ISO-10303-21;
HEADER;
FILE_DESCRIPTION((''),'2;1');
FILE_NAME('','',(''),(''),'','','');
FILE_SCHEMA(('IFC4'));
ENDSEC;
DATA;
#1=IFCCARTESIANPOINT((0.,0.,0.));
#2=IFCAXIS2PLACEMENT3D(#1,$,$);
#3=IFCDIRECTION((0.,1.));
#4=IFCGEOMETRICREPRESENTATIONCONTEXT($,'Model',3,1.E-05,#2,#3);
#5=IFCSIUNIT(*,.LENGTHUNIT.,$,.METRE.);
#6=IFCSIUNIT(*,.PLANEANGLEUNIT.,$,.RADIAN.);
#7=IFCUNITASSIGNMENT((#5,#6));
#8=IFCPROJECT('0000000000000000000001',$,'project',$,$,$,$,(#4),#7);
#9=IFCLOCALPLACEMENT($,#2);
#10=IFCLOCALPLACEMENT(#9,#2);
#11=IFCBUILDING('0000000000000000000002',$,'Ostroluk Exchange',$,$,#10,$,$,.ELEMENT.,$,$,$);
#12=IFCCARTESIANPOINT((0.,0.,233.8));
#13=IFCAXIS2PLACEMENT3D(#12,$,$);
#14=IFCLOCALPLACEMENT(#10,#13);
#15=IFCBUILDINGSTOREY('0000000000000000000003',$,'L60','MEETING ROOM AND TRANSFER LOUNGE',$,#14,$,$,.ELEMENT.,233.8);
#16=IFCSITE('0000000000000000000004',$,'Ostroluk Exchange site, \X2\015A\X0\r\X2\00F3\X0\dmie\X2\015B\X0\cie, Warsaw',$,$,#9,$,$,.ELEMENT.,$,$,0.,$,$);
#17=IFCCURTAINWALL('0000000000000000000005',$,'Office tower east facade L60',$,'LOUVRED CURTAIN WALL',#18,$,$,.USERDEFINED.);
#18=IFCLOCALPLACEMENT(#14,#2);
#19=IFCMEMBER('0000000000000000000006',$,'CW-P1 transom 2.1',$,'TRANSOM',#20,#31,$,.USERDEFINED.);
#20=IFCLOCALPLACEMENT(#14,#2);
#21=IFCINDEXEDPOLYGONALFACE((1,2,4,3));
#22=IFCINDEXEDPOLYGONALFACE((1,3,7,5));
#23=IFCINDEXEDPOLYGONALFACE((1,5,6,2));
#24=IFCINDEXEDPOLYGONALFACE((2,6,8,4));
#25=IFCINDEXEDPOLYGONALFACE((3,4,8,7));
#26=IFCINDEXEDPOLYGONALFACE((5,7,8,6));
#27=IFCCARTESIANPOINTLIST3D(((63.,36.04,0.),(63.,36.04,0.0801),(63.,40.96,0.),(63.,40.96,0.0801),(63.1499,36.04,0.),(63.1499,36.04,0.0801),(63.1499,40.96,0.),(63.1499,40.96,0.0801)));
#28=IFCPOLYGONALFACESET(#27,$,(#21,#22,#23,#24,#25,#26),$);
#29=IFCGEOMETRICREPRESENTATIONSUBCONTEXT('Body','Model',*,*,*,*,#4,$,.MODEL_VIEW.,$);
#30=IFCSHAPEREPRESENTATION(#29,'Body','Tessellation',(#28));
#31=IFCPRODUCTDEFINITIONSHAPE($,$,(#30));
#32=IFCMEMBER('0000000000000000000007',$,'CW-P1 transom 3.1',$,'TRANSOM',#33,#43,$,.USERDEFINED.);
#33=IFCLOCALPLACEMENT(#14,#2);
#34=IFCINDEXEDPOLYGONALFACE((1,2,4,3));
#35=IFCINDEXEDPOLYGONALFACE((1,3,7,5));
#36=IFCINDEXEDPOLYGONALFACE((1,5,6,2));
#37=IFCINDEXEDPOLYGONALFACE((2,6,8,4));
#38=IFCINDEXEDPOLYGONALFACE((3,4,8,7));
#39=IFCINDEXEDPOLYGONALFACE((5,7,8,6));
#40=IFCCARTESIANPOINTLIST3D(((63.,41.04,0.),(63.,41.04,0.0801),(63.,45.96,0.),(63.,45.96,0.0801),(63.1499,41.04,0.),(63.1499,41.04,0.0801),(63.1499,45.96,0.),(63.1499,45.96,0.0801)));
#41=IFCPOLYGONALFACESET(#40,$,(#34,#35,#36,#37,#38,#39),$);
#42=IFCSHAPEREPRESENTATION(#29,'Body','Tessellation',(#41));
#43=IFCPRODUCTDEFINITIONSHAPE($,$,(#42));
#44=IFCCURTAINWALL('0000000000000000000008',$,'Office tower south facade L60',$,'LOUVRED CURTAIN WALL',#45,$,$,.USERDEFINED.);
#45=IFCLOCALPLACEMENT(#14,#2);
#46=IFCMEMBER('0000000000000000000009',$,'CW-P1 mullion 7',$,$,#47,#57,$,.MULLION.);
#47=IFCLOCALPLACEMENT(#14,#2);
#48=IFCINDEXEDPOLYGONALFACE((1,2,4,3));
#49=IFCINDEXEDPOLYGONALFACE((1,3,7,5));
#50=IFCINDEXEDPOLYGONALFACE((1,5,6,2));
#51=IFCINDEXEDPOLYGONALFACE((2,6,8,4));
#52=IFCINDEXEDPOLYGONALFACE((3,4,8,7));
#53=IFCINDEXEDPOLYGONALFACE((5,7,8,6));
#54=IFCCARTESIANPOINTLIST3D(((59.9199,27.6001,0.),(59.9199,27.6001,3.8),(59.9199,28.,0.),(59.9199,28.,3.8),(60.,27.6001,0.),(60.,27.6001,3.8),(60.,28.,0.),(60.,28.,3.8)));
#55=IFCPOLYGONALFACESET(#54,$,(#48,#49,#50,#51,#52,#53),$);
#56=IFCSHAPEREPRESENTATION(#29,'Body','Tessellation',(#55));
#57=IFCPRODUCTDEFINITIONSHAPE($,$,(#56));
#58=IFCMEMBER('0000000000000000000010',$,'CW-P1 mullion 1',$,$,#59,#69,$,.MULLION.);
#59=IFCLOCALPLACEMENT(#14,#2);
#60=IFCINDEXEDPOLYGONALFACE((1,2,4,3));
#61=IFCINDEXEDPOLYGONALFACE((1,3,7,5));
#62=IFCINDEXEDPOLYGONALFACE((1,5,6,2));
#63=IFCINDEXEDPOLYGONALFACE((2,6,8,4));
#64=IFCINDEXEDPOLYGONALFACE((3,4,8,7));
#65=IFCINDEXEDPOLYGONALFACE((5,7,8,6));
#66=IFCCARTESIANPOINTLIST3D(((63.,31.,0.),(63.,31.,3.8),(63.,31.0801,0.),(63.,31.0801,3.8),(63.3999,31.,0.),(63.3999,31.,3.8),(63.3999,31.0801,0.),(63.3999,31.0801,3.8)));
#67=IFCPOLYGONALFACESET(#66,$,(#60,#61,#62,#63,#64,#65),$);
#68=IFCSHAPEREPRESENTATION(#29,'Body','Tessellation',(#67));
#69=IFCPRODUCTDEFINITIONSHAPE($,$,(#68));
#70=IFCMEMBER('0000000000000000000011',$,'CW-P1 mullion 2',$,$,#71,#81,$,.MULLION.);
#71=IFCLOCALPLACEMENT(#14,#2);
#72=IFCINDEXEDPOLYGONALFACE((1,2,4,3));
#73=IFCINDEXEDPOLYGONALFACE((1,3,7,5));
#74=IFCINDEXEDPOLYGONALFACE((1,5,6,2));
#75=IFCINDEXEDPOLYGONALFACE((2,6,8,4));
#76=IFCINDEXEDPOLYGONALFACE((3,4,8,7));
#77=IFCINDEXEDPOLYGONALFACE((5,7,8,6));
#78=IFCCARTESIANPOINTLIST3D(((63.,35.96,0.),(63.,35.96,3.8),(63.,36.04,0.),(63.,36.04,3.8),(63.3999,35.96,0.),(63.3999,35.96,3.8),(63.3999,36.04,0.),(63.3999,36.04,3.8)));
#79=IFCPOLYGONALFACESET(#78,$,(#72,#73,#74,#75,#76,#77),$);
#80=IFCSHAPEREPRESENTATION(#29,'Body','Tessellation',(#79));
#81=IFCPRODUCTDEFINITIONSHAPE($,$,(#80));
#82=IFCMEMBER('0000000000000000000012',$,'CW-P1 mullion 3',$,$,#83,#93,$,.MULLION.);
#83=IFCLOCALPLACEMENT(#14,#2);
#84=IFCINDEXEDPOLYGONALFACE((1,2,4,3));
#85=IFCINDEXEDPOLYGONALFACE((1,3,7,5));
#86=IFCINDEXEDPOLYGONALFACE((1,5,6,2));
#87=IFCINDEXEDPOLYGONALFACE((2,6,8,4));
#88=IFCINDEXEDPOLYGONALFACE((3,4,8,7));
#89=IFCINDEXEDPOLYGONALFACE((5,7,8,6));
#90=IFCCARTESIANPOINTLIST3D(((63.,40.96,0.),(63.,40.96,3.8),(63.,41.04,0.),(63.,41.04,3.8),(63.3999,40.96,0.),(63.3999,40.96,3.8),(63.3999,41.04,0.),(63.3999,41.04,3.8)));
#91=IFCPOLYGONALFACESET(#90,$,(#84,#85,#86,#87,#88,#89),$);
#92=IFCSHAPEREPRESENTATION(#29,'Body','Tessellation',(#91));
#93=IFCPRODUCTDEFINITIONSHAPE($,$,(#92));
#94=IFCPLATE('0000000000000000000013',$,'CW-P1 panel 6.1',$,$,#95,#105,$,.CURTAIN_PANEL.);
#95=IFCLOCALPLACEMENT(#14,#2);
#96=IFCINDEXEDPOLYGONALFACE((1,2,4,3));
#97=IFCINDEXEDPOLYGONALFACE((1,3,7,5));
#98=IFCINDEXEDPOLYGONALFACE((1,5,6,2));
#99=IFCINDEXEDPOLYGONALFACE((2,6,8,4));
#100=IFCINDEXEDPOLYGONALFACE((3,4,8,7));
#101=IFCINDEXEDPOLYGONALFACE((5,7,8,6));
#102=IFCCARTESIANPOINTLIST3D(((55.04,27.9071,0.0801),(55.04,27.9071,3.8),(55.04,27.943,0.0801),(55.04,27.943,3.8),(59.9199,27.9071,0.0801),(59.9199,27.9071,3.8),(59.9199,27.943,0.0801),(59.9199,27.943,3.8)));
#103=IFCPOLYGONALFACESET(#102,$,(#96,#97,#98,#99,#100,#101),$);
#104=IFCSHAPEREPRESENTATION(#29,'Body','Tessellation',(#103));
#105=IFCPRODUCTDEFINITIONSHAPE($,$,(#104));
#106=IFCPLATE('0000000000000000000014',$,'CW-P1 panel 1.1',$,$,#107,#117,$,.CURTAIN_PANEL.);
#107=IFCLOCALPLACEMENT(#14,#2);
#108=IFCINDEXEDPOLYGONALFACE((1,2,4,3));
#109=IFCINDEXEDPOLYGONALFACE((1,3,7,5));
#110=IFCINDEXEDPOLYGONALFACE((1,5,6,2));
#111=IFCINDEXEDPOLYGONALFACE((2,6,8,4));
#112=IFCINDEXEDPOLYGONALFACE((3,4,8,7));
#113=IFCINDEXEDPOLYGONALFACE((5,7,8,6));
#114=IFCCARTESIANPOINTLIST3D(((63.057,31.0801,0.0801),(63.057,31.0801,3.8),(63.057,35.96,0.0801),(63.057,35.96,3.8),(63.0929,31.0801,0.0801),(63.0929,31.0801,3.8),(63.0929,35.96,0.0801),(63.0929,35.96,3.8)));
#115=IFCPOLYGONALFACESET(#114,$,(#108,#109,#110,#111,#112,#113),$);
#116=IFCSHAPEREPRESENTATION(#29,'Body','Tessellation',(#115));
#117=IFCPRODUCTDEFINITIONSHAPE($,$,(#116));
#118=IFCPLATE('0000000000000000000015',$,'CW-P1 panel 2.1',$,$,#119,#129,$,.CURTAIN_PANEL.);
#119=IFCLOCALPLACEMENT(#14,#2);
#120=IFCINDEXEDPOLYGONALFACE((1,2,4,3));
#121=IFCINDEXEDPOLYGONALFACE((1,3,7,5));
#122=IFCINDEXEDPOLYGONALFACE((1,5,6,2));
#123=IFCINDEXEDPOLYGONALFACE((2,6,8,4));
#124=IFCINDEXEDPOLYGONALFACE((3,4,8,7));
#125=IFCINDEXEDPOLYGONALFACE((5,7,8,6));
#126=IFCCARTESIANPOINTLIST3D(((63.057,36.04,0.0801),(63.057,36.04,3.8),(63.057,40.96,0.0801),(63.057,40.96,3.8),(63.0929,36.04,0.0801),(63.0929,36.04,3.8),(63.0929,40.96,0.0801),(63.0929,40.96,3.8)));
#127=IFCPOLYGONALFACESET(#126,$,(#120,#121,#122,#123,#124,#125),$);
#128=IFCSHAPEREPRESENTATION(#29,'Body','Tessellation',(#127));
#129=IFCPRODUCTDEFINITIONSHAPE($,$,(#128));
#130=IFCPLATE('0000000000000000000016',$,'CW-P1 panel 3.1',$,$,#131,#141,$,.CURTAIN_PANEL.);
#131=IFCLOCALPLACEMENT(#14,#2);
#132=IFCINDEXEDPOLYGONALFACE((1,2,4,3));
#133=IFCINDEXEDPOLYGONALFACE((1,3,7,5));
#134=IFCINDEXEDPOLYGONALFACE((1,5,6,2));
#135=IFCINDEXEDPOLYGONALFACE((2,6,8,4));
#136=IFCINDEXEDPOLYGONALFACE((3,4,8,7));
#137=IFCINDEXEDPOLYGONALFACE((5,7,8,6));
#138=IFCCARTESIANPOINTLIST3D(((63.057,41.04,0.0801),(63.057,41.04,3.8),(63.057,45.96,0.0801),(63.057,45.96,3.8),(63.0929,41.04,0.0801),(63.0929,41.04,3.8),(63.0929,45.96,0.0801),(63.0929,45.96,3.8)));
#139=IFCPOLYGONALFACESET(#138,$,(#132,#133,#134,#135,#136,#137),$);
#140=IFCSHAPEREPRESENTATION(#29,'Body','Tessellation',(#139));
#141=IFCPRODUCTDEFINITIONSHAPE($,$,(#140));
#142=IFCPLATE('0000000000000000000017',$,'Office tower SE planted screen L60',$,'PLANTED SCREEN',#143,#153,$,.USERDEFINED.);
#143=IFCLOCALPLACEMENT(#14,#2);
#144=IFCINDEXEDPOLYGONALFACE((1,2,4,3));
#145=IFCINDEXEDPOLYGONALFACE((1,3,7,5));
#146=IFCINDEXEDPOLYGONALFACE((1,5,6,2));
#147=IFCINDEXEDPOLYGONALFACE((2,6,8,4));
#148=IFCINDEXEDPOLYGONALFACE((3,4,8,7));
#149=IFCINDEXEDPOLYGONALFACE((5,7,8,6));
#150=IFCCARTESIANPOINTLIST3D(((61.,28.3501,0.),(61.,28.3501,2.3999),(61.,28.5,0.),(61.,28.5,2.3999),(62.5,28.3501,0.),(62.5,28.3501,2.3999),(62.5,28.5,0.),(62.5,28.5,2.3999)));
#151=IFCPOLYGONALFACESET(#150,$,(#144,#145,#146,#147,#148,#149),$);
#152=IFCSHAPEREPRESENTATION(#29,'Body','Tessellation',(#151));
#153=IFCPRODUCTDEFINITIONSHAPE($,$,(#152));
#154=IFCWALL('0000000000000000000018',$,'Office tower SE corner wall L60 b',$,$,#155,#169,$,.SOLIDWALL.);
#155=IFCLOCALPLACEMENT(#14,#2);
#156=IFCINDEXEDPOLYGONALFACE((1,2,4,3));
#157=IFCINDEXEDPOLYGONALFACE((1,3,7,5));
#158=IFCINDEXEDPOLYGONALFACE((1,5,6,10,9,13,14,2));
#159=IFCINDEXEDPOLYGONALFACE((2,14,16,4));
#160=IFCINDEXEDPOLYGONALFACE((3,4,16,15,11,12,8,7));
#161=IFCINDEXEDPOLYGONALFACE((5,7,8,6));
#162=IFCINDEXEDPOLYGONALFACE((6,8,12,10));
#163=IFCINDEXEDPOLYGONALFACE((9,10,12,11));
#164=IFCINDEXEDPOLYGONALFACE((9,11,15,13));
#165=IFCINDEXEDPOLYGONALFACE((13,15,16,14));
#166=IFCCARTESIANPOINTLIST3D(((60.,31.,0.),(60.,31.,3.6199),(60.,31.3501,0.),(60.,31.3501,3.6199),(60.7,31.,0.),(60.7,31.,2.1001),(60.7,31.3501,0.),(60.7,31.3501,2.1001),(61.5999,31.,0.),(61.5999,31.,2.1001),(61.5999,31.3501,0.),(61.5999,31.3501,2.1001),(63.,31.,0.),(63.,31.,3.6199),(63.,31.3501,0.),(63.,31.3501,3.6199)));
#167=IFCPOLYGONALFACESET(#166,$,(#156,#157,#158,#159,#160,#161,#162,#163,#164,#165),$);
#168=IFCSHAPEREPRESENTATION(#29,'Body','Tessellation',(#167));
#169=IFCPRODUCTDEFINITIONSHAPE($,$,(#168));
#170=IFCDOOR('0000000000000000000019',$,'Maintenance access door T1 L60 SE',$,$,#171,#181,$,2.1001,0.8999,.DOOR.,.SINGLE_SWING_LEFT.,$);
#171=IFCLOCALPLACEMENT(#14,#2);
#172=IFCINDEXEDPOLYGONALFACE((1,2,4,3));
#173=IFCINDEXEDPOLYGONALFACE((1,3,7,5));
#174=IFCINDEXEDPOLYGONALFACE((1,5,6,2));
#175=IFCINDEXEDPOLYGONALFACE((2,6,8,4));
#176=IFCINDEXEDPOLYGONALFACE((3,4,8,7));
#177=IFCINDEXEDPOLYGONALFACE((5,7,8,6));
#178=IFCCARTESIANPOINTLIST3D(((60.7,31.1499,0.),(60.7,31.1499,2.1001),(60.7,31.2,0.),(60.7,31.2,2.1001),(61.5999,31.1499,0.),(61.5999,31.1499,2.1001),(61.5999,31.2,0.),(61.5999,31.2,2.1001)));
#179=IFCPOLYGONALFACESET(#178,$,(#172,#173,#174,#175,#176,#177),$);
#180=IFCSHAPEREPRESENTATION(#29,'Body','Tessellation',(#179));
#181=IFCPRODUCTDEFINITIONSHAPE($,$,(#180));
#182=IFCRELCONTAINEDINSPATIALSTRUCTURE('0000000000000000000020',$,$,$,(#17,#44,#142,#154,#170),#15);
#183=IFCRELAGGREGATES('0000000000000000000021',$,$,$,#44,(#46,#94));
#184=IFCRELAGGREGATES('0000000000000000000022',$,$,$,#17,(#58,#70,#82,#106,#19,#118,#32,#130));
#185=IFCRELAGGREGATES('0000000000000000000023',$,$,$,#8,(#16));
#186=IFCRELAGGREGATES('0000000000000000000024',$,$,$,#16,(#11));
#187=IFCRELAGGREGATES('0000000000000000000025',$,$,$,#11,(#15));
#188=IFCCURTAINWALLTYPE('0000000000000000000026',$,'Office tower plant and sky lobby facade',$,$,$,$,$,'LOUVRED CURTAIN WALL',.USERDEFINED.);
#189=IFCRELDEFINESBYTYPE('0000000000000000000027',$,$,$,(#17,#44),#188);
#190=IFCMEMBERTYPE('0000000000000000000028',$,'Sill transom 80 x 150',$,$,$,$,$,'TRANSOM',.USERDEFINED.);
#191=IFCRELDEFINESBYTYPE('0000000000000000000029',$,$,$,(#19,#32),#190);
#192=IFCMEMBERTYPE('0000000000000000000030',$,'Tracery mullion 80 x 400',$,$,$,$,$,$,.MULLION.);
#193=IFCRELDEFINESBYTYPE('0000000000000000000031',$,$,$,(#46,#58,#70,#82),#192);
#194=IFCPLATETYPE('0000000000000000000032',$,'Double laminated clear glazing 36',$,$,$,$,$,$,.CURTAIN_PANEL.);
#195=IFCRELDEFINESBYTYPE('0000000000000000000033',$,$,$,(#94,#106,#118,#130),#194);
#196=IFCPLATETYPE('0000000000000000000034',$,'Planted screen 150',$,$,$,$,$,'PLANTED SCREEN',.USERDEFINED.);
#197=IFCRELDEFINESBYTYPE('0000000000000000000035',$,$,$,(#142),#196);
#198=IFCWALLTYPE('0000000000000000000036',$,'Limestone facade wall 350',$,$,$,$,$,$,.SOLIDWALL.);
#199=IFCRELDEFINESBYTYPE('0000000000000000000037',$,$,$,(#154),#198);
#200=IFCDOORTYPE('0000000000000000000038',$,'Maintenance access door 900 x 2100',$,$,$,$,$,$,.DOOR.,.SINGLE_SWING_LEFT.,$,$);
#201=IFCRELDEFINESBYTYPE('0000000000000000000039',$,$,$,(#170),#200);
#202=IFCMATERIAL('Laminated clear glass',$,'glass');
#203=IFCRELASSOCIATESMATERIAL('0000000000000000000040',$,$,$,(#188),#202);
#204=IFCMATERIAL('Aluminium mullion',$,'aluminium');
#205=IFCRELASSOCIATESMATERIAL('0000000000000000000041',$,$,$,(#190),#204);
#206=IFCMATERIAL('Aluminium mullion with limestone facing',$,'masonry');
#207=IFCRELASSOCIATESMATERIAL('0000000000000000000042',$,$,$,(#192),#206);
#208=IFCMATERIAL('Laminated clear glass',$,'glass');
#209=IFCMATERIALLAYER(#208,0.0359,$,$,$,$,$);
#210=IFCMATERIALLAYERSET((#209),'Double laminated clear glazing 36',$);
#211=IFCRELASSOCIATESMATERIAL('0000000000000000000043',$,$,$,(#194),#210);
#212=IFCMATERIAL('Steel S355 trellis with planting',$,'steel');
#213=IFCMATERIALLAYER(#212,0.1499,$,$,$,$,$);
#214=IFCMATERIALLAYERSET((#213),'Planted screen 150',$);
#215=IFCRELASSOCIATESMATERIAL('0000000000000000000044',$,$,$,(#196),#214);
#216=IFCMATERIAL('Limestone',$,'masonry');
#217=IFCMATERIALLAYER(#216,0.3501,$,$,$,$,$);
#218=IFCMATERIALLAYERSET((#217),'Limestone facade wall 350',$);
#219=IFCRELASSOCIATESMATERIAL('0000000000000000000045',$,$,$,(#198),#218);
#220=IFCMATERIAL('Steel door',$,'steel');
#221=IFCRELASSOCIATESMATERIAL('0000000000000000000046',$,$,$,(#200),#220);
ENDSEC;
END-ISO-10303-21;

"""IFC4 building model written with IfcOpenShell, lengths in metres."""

from ifc_helpers import new_model, si_unit, direction, frame, frame_2d, origin, origin_2d, place, context, subcontext, project, spatial, rectangle, extrude, material, layer, layer_set, material_profile, profile_set, type_object, element, fill, aggregate, save


model = new_model("IFC4")

# Units and contexts
model_context = context("Model", 3, precision=1e-05, world=origin(), true_north=direction((0.0, 1.0)))
body_context = subcontext(model_context, "Body", "Model", "MODEL_VIEW")
ifc_project = project(units=[si_unit("LENGTHUNIT", "METRE"), si_unit("PLANEANGLEUNIT", "RADIAN")], contexts=[model_context])

# Site, building, storey
site_placement = place(None, origin())
site = spatial("IfcSite", under=ifc_project, at=site_placement, Name="Ostroluk Exchange site, Śródmieście, Warsaw", CompositionType="ELEMENT", RefElevation=0.0)
building_placement = place(site_placement, origin())
building = spatial("IfcBuilding", under=site, at=building_placement, Name="Ostroluk Exchange", CompositionType="ELEMENT")
storey_placement = place(building_placement, frame((0.0, 0.0, 233.8)))
storey = spatial("IfcBuildingStorey", under=building, at=storey_placement, Name="L60", Description="MEETING ROOM AND TRANSFER LOUNGE", CompositionType="ELEMENT", Elevation=233.8)

# Curtain wall, members
ifc_material_1 = material(Name="Laminated clear glass", Category="glass")
curtain_wall_type = type_object("IfcCurtainWallType", Name="Office tower plant and sky lobby facade", ElementType="LOUVRED CURTAIN WALL", PredefinedType="USERDEFINED", material=ifc_material_1)
curtain_wall_1_placement = place(storey_placement, origin())
curtain_wall_1 = element("IfcCurtainWall", 1, at=curtain_wall_1_placement, inside=storey, type_object=curtain_wall_type, Name="Office tower east facade L60", ObjectType="LOUVRED CURTAIN WALL", PredefinedType="USERDEFINED")
ifc_material_2 = material(Name="Aluminium mullion", Category="aluminium")
ifc_material_profile_1 = material_profile(ifc_material_2, rectangle(XDim=0.1499, YDim=0.0801, at=origin_2d()), Name="Sill transom 80 x 150")
ifc_profile_set_1 = profile_set([ifc_material_profile_1], Name="Aluminium mullion")
member_type_1 = type_object("IfcMemberType", Name="Sill transom 80 x 150", ElementType="TRANSOM", PredefinedType="USERDEFINED", material=ifc_profile_set_1)
member_1_placement = place(storey_placement, frame((63.075, 36.04, 0.04), z_axis=(0.0, 1.0, 0.0), x_axis=(-1.0, 0.0, 0.0)))
member_1 = element("IfcMember", 2, at=member_1_placement, type_object=member_type_1, Name="CW-P1 transom 2.1", ObjectType="TRANSOM", PredefinedType="USERDEFINED", context=body_context, shape_type="SweptSolid", body=[
    extrude(rectangle(XDim=0.1499, YDim=0.0801, at=origin_2d()), origin(), (0.0, 0.0, 1.0), 4.9199),
])
member_2_placement = place(storey_placement, frame((63.075, 41.04, 0.04), z_axis=(0.0, 1.0, 0.0), x_axis=(-1.0, 0.0, 0.0)))
member_2 = element("IfcMember", 3, at=member_2_placement, type_object=member_type_1, Name="CW-P1 transom 3.1", ObjectType="TRANSOM", PredefinedType="USERDEFINED", context=body_context, shape_type="SweptSolid", body=[
    extrude(rectangle(XDim=0.1499, YDim=0.0801, at=origin_2d()), origin(), (0.0, 0.0, 1.0), 4.9199),
])

# Curtain wall, member
curtain_wall_2_placement = place(storey_placement, origin())
curtain_wall_2 = element("IfcCurtainWall", 4, at=curtain_wall_2_placement, inside=storey, type_object=curtain_wall_type, Name="Office tower south facade L60", ObjectType="LOUVRED CURTAIN WALL", PredefinedType="USERDEFINED")
ifc_material_3 = material(Name="Aluminium mullion with limestone facing", Category="masonry")
ifc_material_profile_2 = material_profile(ifc_material_3, rectangle(XDim=0.3999, YDim=0.0801, at=origin_2d()), Name="Tracery mullion 80 x 400")
ifc_profile_set_2 = profile_set([ifc_material_profile_2], Name="Aluminium mullion with limestone facing")
member_type_2 = type_object("IfcMemberType", Name="Tracery mullion 80 x 400", PredefinedType="MULLION", material=ifc_profile_set_2)
member_3_placement = place(storey_placement, frame((59.96, 27.8, 0.0), z_axis=(0.0, 0.0, 1.0), x_axis=(0.0, 1.0, 0.0)))
member_3 = element("IfcMember", 5, at=member_3_placement, type_object=member_type_2, Name="CW-P1 mullion 7", PredefinedType="MULLION", context=body_context, shape_type="SweptSolid", body=[
    extrude(rectangle(XDim=0.3999, YDim=0.0801, at=origin_2d()), origin(), (0.0, 0.0, 1.0), 3.8),
])

# Members
member_4_placement = place(storey_placement, frame((63.2, 31.04, 0.0), z_axis=(0.0, 0.0, 1.0), x_axis=(-1.0, 0.0, 0.0)))
member_4 = element("IfcMember", 6, at=member_4_placement, type_object=member_type_2, Name="CW-P1 mullion 1", PredefinedType="MULLION", context=body_context, shape_type="SweptSolid", body=[
    extrude(rectangle(XDim=0.3999, YDim=0.0801, at=origin_2d()), origin(), (0.0, 0.0, 1.0), 3.8),
])
member_5_placement = place(storey_placement, frame((63.2, 36.0, 0.0), z_axis=(0.0, 0.0, 1.0), x_axis=(-1.0, 0.0, 0.0)))
member_5 = element("IfcMember", 7, at=member_5_placement, type_object=member_type_2, Name="CW-P1 mullion 2", PredefinedType="MULLION", context=body_context, shape_type="SweptSolid", body=[
    extrude(rectangle(XDim=0.3999, YDim=0.0801, at=origin_2d()), origin(), (0.0, 0.0, 1.0), 3.8),
])
member_6_placement = place(storey_placement, frame((63.2, 41.0, 0.0), z_axis=(0.0, 0.0, 1.0), x_axis=(-1.0, 0.0, 0.0)))
member_6 = element("IfcMember", 8, at=member_6_placement, type_object=member_type_2, Name="CW-P1 mullion 3", PredefinedType="MULLION", context=body_context, shape_type="SweptSolid", body=[
    extrude(rectangle(XDim=0.3999, YDim=0.0801, at=origin_2d()), origin(), (0.0, 0.0, 1.0), 3.8),
])

# Plates
ifc_material_4 = material(Name="Laminated clear glass", Category="glass")
ifc_layer_1 = layer(ifc_material_4, 0.0359)
ifc_layer_set_1 = layer_set([ifc_layer_1], Name="Double laminated clear glazing 36")
plate_type_1 = type_object("IfcPlateType", Name="Double laminated clear glazing 36", PredefinedType="CURTAIN_PANEL", material=ifc_layer_set_1)
plate_1_placement = place(storey_placement, frame((57.48, 27.925, 0.0801), z_axis=(0.0, 0.0, 1.0), x_axis=(1.0, 0.0, 0.0)))
plate_1 = element("IfcPlate", 9, at=plate_1_placement, type_object=plate_type_1, Name="CW-P1 panel 6.1", PredefinedType="CURTAIN_PANEL", context=body_context, shape_type="SweptSolid", body=[
    extrude(rectangle(XDim=4.8799, YDim=0.0359, at=origin_2d()), origin(), (0.0, 0.0, 1.0), 3.72),
])
aggregate(curtain_wall_2, [member_3, plate_1])
plate_2_placement = place(storey_placement, frame((63.075, 33.52, 0.0801), z_axis=(0.0, 0.0, 1.0), x_axis=(0.0, 1.0, 0.0)))
plate_2 = element("IfcPlate", 10, at=plate_2_placement, type_object=plate_type_1, Name="CW-P1 panel 1.1", PredefinedType="CURTAIN_PANEL", context=body_context, shape_type="SweptSolid", body=[
    extrude(rectangle(XDim=4.8799, YDim=0.0359, at=origin_2d()), origin(), (0.0, 0.0, 1.0), 3.72),
])
plate_3_placement = place(storey_placement, frame((63.075, 38.5, 0.0801), z_axis=(0.0, 0.0, 1.0), x_axis=(0.0, 1.0, 0.0)))
plate_3 = element("IfcPlate", 11, at=plate_3_placement, type_object=plate_type_1, Name="CW-P1 panel 2.1", PredefinedType="CURTAIN_PANEL", context=body_context, shape_type="SweptSolid", body=[
    extrude(rectangle(XDim=4.9199, YDim=0.0359, at=origin_2d()), origin(), (0.0, 0.0, 1.0), 3.72),
])
plate_4_placement = place(storey_placement, frame((63.075, 43.5, 0.0801), z_axis=(0.0, 0.0, 1.0), x_axis=(0.0, 1.0, 0.0)))
plate_4 = element("IfcPlate", 12, at=plate_4_placement, type_object=plate_type_1, Name="CW-P1 panel 3.1", PredefinedType="CURTAIN_PANEL", context=body_context, shape_type="SweptSolid", body=[
    extrude(rectangle(XDim=4.9199, YDim=0.0359, at=origin_2d()), origin(), (0.0, 0.0, 1.0), 3.72),
])
aggregate(curtain_wall_1, [member_4, member_5, member_6, plate_2, member_1, plate_3, member_2, plate_4])
ifc_material_5 = material(Name="Steel S355 trellis with planting", Category="steel")
ifc_layer_2 = layer(ifc_material_5, 0.1499)
ifc_layer_set_2 = layer_set([ifc_layer_2], Name="Planted screen 150")
plate_type_2 = type_object("IfcPlateType", Name="Planted screen 150", ElementType="PLANTED SCREEN", PredefinedType="USERDEFINED", material=ifc_layer_set_2)
plate_5_placement = place(storey_placement, frame((61.75, 28.425, 0.0), z_axis=(0.0, 0.0, 1.0), x_axis=(1.0, 0.0, 0.0)))
element("IfcPlate", 13, at=plate_5_placement, inside=storey, type_object=plate_type_2, Name="Office tower SE planted screen L60", ObjectType="PLANTED SCREEN", PredefinedType="USERDEFINED", context=body_context, shape_type="SweptSolid", body=[
    extrude(rectangle(XDim=1.5, YDim=0.1499, at=origin_2d()), origin(), (0.0, 0.0, 1.0), 2.3999),
])

# Wall, opening, door
ifc_material_6 = material(Name="Limestone", Category="masonry")
ifc_layer_3 = layer(ifc_material_6, 0.3501)
ifc_layer_set_3 = layer_set([ifc_layer_3], Name="Limestone facade wall 350")
wall_type_1 = type_object("IfcWallType", Name="Limestone facade wall 350", PredefinedType="SOLIDWALL", material=ifc_layer_set_3)
wall_1_placement = place(storey_placement, frame((60.0, 31.175, 0.0), z_axis=(0.0, 0.0, 1.0), x_axis=(1.0, 0.0, 0.0)))
wall_1 = element("IfcWall", 14, at=wall_1_placement, inside=storey, type_object=wall_type_1, Name="Office tower SE corner wall L60 b", PredefinedType="SOLIDWALL", context=body_context, shape_type="SweptSolid", body=[
    extrude(rectangle(XDim=3.0, YDim=0.3501, at=frame_2d((1.5, 0.0))), origin(), (0.0, 0.0, 1.0), 3.6199),
])
opening_1_placement = place(wall_1_placement, frame((0.7, 0.0, 0.0)))
opening_1 = element("IfcOpeningElement", 15, at=opening_1_placement, cuts=wall_1, PredefinedType="OPENING", context=body_context, shape_type="SweptSolid", body=[
    extrude(rectangle(XDim=0.8999, YDim=2.1001, at=frame_2d((0.45, 1.05))), frame((0.0, 0.1851, 0.0), z_axis=(0.0, -1.0, 0.0), x_axis=(1.0, 0.0, 0.0)), (0.0, 0.0, 1.0), 0.3701),
])
ifc_material_7 = material(Name="Steel door", Category="steel")
door_type_1 = type_object("IfcDoorType", Name="Maintenance access door 900 x 2100", OperationType="SINGLE_SWING_LEFT", PredefinedType="DOOR", material=ifc_material_7)
door_1_placement = place(opening_1_placement, origin())
door_1 = element("IfcDoor", 16, at=door_1_placement, inside=storey, type_object=door_type_1, Name="Maintenance access door T1 L60 SE", OperationType="SINGLE_SWING_LEFT", OverallHeight=2.1001, OverallWidth=0.8999, PredefinedType="DOOR", context=body_context, shape_type="SweptSolid", body=[
    extrude(rectangle(XDim=0.8999, YDim=2.1001, at=frame_2d((0.45, 1.05))), frame((0.0, 0.0249, 0.0), z_axis=(0.0, -1.0, 0.0), x_axis=(1.0, 0.0, 0.0)), (0.0, 0.0, 1.0), 0.05),
])
fill(opening_1, door_1)

save(model, "model.ifc")
